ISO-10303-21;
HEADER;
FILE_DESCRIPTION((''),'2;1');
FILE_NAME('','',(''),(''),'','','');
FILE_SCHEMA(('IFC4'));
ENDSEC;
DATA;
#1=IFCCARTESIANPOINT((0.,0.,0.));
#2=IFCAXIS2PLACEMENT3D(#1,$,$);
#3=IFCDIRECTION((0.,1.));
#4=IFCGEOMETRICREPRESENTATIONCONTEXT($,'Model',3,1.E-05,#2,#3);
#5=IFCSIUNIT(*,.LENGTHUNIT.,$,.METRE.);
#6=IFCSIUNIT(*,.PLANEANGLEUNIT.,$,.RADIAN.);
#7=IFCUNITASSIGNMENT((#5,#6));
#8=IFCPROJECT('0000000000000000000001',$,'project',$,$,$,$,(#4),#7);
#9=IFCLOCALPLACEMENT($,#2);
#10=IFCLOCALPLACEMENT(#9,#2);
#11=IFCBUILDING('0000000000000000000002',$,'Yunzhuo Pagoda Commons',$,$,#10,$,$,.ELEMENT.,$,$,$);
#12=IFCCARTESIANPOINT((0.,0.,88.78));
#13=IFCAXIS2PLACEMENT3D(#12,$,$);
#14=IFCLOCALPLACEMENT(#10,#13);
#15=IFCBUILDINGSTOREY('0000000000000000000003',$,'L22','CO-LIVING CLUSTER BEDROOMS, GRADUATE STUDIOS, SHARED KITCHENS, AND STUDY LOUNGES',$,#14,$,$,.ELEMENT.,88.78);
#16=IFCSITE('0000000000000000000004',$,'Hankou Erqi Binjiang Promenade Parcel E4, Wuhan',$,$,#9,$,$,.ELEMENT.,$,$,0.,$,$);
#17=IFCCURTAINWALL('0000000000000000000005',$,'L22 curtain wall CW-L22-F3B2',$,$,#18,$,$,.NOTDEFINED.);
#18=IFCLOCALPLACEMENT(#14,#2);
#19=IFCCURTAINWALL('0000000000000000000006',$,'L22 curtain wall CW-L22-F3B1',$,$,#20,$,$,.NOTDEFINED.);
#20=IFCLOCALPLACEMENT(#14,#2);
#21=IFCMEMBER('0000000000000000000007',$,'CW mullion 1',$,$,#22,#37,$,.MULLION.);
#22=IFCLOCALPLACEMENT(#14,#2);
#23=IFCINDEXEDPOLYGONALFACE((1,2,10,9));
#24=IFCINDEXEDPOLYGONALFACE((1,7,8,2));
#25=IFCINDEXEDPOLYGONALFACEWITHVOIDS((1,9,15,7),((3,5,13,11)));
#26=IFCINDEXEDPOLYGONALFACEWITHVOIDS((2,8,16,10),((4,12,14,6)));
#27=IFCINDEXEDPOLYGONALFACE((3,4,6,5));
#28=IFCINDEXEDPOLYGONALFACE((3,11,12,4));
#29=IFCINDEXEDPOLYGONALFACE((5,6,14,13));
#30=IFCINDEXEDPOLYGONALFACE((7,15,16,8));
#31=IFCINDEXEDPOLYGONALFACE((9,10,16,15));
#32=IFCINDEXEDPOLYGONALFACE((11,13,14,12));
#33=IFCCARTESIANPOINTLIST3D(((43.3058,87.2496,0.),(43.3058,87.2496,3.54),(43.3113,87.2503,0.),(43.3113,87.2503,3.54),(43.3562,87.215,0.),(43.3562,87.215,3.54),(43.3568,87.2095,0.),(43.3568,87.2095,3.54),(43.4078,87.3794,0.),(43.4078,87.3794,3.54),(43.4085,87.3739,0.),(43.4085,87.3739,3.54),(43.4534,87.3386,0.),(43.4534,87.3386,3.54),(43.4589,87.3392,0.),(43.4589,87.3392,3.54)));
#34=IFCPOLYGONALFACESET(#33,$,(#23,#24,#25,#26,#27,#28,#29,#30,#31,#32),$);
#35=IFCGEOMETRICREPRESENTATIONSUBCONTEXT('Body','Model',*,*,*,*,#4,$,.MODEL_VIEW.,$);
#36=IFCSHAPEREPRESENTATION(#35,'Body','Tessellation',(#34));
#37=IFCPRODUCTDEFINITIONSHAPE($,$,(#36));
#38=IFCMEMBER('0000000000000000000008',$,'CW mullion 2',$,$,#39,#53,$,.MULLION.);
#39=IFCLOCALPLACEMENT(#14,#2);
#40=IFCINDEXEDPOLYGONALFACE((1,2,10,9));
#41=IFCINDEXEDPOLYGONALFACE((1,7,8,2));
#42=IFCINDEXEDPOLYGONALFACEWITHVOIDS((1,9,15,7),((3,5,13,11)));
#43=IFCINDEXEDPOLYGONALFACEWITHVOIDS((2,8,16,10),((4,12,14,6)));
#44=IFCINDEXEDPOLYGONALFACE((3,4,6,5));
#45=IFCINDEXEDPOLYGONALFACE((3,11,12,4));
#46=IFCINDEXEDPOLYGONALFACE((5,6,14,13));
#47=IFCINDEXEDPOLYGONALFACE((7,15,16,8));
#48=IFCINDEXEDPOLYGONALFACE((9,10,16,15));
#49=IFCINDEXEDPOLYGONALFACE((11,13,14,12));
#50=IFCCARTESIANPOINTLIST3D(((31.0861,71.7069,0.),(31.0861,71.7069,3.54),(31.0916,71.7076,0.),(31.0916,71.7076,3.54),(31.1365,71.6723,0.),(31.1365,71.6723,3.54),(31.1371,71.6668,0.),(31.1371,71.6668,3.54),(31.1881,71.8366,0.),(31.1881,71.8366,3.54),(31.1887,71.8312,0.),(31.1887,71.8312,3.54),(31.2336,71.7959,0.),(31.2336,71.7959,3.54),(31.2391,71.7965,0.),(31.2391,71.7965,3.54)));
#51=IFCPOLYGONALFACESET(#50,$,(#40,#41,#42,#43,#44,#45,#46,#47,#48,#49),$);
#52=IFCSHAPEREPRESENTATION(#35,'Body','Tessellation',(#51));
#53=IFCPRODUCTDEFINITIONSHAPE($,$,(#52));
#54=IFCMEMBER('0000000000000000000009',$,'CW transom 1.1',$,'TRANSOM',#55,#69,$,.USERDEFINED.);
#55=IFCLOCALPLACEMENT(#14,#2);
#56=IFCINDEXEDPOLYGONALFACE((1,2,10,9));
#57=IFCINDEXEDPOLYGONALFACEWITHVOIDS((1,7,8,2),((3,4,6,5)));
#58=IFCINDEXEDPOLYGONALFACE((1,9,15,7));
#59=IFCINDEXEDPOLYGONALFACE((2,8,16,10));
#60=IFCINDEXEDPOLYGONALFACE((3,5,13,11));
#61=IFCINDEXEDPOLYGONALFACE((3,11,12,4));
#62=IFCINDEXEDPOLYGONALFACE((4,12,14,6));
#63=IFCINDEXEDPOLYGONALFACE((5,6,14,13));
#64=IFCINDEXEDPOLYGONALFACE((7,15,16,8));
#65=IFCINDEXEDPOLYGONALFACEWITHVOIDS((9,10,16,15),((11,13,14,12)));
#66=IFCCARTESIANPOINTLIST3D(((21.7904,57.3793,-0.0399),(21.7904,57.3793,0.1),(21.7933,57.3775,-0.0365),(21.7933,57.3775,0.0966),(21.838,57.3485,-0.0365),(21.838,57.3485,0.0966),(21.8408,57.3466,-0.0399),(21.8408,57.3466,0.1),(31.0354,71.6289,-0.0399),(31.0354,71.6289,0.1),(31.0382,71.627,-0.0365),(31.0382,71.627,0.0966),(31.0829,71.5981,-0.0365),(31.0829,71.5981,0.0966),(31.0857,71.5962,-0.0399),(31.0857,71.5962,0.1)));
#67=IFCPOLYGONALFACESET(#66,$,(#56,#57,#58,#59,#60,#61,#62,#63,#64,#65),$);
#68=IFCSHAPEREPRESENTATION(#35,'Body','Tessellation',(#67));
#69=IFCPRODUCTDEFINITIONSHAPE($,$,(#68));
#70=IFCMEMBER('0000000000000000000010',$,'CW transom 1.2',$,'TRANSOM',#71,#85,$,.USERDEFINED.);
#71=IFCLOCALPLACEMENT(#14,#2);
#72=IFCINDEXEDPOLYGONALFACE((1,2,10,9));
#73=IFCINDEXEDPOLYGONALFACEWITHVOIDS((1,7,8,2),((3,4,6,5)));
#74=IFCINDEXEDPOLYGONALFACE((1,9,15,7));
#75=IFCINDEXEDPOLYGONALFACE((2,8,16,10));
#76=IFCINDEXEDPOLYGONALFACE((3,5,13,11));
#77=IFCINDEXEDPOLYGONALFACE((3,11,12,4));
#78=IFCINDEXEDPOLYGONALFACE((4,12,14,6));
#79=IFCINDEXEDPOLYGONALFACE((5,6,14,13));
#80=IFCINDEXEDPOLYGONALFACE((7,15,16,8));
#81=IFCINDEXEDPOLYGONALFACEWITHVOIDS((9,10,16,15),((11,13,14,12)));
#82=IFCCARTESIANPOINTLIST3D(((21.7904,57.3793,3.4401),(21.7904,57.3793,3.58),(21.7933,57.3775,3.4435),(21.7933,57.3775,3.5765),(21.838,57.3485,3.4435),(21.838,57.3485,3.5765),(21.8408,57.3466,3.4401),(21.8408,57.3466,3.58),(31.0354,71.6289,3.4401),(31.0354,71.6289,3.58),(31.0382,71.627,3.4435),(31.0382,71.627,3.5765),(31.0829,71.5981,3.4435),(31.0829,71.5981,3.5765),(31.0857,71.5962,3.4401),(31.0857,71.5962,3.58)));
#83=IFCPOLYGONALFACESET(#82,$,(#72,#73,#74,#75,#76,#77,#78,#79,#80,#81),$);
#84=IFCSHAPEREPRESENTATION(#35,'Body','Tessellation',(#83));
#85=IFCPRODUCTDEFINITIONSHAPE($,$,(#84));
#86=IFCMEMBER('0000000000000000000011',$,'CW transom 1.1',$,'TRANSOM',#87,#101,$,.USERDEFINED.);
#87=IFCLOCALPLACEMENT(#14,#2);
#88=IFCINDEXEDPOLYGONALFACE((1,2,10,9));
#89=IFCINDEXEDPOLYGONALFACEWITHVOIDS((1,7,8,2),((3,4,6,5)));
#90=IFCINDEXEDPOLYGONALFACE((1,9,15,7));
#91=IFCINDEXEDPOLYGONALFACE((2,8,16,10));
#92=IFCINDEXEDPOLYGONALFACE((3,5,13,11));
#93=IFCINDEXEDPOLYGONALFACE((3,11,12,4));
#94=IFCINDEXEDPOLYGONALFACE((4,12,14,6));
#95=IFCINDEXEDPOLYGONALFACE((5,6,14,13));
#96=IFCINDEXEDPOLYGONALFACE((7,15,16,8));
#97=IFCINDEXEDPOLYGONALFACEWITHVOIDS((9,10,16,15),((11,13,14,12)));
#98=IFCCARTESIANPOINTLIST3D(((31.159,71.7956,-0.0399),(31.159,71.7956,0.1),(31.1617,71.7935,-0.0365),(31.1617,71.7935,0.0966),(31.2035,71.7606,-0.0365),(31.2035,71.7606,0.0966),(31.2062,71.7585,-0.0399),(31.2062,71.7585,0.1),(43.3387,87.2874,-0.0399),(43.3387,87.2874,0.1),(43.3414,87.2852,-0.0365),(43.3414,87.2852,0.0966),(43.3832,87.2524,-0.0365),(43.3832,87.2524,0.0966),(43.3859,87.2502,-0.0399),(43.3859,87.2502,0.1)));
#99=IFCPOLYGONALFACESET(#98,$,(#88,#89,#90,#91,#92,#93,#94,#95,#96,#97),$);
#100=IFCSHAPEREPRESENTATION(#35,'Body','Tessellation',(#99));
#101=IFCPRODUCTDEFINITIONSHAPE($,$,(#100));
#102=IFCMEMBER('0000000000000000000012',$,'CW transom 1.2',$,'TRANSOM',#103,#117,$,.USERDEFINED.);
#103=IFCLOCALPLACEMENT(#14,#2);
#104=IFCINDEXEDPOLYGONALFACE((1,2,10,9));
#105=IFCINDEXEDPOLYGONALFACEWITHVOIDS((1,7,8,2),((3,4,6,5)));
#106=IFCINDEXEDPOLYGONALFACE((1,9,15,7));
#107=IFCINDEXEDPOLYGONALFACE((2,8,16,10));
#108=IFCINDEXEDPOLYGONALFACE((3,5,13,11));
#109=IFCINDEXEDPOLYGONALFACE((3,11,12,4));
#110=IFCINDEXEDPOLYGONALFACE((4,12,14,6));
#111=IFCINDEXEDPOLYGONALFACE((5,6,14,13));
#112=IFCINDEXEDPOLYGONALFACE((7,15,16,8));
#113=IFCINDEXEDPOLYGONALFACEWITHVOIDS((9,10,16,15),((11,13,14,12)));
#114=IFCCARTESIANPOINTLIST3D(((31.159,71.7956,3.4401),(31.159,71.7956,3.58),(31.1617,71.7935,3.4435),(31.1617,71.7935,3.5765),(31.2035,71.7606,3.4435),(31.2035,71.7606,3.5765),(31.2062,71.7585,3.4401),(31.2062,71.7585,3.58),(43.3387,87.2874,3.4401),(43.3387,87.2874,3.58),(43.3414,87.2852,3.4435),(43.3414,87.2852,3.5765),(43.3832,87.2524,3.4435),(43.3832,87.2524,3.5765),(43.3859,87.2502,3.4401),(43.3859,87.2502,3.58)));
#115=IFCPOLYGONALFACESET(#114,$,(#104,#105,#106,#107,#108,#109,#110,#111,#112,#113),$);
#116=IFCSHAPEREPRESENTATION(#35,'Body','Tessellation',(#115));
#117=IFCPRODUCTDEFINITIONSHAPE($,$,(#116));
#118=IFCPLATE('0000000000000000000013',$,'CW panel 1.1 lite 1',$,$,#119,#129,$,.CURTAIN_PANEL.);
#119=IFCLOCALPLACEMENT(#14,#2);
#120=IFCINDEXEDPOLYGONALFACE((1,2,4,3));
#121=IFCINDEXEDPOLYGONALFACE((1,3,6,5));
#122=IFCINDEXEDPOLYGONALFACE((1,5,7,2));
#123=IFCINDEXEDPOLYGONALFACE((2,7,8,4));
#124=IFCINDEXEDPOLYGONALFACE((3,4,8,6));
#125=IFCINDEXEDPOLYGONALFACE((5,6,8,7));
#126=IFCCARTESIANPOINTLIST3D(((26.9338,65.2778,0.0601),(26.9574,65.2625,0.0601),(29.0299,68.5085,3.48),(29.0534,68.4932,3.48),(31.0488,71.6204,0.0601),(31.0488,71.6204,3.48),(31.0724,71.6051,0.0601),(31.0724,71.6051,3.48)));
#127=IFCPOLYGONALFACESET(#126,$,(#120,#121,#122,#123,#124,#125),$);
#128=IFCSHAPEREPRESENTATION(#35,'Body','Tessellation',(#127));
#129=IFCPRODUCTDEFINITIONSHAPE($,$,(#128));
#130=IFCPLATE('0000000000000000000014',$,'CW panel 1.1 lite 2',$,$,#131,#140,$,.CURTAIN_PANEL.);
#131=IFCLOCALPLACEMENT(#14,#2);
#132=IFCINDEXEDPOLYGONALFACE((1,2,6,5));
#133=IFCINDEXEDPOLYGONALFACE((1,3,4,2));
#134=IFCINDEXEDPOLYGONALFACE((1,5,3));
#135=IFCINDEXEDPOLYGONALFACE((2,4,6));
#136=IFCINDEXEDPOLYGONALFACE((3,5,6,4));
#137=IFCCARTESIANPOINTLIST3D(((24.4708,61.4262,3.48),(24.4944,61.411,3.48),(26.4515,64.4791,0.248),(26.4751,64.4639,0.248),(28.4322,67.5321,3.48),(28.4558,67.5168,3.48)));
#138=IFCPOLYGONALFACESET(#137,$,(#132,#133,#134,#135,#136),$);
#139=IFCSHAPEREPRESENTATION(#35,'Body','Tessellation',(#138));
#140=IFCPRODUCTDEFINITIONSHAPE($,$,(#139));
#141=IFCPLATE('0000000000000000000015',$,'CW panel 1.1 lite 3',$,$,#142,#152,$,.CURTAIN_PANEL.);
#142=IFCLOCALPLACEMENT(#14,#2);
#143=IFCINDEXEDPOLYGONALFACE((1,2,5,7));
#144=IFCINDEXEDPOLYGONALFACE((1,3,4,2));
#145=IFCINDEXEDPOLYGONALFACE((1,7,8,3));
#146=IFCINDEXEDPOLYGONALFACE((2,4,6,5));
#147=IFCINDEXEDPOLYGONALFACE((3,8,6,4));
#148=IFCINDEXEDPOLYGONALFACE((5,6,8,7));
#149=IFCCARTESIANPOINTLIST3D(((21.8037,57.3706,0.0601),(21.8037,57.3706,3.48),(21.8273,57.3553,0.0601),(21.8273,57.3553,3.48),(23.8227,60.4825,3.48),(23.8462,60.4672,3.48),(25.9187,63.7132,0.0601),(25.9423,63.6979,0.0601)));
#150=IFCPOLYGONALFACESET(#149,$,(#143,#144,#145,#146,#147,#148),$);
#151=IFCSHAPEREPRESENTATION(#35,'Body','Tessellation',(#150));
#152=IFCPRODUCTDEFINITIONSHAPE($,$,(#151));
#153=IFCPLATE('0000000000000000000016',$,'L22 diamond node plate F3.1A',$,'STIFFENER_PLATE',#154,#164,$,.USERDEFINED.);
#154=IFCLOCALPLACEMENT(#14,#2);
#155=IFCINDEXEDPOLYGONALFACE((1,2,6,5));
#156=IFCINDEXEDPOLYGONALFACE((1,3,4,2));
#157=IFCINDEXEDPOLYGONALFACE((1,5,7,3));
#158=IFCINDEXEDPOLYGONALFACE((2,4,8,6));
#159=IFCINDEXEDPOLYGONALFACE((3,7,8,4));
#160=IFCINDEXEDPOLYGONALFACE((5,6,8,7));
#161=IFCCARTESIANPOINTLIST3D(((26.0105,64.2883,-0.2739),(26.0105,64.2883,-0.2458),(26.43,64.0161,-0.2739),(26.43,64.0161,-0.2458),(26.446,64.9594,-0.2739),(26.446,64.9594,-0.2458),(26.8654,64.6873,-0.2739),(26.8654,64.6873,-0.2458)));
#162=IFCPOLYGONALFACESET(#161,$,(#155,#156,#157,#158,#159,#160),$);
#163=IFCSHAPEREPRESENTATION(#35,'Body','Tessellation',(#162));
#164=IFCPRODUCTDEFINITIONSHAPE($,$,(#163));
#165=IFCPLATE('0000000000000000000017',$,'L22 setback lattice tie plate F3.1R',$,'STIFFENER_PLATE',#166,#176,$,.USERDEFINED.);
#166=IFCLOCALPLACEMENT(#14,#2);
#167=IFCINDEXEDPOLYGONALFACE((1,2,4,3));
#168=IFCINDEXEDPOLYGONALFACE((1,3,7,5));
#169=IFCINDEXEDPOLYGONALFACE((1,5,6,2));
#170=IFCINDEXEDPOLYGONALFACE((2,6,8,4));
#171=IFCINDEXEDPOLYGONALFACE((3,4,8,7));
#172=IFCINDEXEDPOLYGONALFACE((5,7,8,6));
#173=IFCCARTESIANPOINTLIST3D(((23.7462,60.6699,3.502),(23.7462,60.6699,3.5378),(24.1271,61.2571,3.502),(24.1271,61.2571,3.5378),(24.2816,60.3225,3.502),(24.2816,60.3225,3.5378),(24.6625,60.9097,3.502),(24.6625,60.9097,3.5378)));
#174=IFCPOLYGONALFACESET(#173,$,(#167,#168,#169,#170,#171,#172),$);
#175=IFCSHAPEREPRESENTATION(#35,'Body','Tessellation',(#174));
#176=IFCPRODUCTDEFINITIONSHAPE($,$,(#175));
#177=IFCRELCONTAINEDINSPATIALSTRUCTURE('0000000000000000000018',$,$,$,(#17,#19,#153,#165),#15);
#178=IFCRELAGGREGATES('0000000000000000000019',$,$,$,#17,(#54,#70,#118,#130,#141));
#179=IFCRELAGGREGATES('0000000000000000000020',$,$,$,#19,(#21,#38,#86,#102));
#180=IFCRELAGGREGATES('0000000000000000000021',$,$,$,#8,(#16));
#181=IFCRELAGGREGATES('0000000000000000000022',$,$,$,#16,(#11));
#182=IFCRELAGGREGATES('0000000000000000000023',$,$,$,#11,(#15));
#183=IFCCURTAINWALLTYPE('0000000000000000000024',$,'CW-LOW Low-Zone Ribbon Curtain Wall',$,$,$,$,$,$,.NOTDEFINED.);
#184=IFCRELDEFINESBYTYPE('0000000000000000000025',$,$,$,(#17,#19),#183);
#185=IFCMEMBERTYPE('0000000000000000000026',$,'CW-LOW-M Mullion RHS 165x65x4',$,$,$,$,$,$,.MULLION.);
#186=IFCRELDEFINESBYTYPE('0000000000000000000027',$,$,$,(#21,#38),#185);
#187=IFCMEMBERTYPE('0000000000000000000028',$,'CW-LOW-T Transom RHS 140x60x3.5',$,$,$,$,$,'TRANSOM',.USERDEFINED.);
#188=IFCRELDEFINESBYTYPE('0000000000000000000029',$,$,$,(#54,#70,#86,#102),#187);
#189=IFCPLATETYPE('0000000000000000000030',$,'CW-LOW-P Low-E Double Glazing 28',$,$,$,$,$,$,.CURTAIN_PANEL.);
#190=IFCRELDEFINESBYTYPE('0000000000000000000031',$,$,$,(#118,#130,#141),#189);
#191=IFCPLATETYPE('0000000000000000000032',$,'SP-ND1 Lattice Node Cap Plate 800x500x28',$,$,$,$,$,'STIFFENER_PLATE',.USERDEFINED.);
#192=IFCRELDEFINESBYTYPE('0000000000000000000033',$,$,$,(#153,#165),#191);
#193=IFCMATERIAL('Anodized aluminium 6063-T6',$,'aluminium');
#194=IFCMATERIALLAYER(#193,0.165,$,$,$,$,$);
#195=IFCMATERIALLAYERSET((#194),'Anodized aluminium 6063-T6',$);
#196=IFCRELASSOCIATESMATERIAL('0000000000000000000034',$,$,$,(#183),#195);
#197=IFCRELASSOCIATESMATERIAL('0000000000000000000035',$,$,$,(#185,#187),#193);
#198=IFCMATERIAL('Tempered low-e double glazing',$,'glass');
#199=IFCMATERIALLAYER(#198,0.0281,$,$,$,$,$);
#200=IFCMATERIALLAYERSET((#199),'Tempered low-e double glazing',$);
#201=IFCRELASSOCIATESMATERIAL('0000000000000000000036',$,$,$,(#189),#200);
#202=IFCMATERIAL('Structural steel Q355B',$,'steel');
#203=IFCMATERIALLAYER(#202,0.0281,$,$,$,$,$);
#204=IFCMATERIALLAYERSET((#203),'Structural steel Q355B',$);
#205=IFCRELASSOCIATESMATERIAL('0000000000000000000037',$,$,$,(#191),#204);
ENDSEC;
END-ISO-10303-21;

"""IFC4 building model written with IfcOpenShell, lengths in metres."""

from ifc_helpers import new_model, si_unit, direction, frame, origin, origin_2d, place, context, subcontext, project, spatial, polyline, rectangle, hollow_rectangle, outline, extrude, source, transform, mapped, material, layer, layer_set, material_profile, profile_set, type_object, element, aggregate, save


model = new_model("IFC4")

# Units and contexts
model_context = context("Model", 3, precision=1e-05, world=origin(), true_north=direction((0.0, 1.0)))
body_context = subcontext(model_context, "Body", "Model", "MODEL_VIEW")
ifc_project = project(units=[si_unit("LENGTHUNIT", "METRE"), si_unit("PLANEANGLEUNIT", "RADIAN")], contexts=[model_context])

# Site, building, storey
site_placement = place(None, origin())
site = spatial("IfcSite", under=ifc_project, at=site_placement, Name="Hankou Erqi Binjiang Promenade Parcel E4, Wuhan", CompositionType="ELEMENT", RefElevation=0.0)
building_placement = place(site_placement, origin())
building = spatial("IfcBuilding", under=site, at=building_placement, Name="Yunzhuo Pagoda Commons", CompositionType="ELEMENT")
storey_placement = place(building_placement, frame((0.0, 0.0, 88.78)))
storey = spatial("IfcBuildingStorey", under=building, at=storey_placement, Name="L22", Description="CO-LIVING CLUSTER BEDROOMS, GRADUATE STUDIOS, SHARED KITCHENS, AND STUDY LOUNGES", CompositionType="ELEMENT", Elevation=88.78)

# Shared definitions
ifc_material_1 = material(Name="Structural steel Q355B", Category="steel")

# Curtain wall
ifc_material_2 = material(Name="Anodized aluminium 6063-T6", Category="aluminium")
ifc_layer_1 = layer(ifc_material_2, 0.165)
ifc_layer_set_1 = layer_set([ifc_layer_1], Name="Anodized aluminium 6063-T6")
curtain_wall_type = type_object("IfcCurtainWallType", Name="CW-LOW Low-Zone Ribbon Curtain Wall", PredefinedType="NOTDEFINED", material=ifc_layer_set_1)
curtain_wall_1_placement = place(storey_placement, origin())
curtain_wall_1 = element("IfcCurtainWall", 1, at=curtain_wall_1_placement, inside=storey, type_object=curtain_wall_type, Name="L22 curtain wall CW-L22-F3B2", PredefinedType="NOTDEFINED")
ifc_material_profile_1 = material_profile(ifc_material_2, hollow_rectangle(XDim=0.0649, YDim=0.165, WallThickness=0.0039, at=origin_2d()), Name="Anodized aluminium 6063-T6")
ifc_profile_set_1 = profile_set([ifc_material_profile_1], Name="Anodized aluminium 6063-T6")
member_type_1 = type_object("IfcMemberType", Name="CW-LOW-M Mullion RHS 165x65x4", PredefinedType="MULLION", material=ifc_profile_set_1)
shared_shape_1 = source(origin(), body_context, "Body", "SweptSolid", [
    extrude(hollow_rectangle(XDim=0.0649, YDim=0.165, WallThickness=0.0039, at=origin_2d()), origin(), (0.0, 0.0, 1.0), 3.54),
])

# Curtain wall, members
curtain_wall_2_placement = place(storey_placement, origin())
curtain_wall_2 = element("IfcCurtainWall", 2, at=curtain_wall_2_placement, inside=storey, type_object=curtain_wall_type, Name="L22 curtain wall CW-L22-F3B1", PredefinedType="NOTDEFINED")
member_1_placement = place(storey_placement, frame((43.3823, 87.2944, 0.0), z_axis=(0.0, 0.0, 1.0), x_axis=(0.786131, -0.61806, 0.0)))
member_1 = element("IfcMember", 3, at=member_1_placement, type_object=member_type_1, Name="CW mullion 1", PredefinedType="MULLION", context=body_context, shape_type="MappedRepresentation", body=[
    mapped(shared_shape_1, transform((0.0, 0.0, 0.0), scale=1.0)),
])
member_2_placement = place(storey_placement, frame((31.1626, 71.7517, 0.0), z_axis=(0.0, 0.0, 1.0), x_axis=(0.786131, -0.61806, 0.0)))
member_2 = element("IfcMember", 4, at=member_2_placement, type_object=member_type_1, Name="CW mullion 2", PredefinedType="MULLION", context=body_context, shape_type="MappedRepresentation", body=[
    mapped(shared_shape_1, transform((0.0, 0.0, 0.0), scale=1.0)),
])

# Members
ifc_material_profile_2 = material_profile(ifc_material_2, hollow_rectangle(XDim=0.0601, YDim=0.1399, WallThickness=0.0034, at=origin_2d()), Name="Anodized aluminium 6063-T6")
ifc_profile_set_2 = profile_set([ifc_material_profile_2], Name="Anodized aluminium 6063-T6")
member_type_2 = type_object("IfcMemberType", Name="CW-LOW-T Transom RHS 140x60x3.5", ElementType="TRANSOM", PredefinedType="USERDEFINED", material=ifc_profile_set_2)
shared_shape_2 = source(origin(), body_context, "Body", "SweptSolid", [
    extrude(hollow_rectangle(XDim=0.0601, YDim=0.1399, WallThickness=0.0034, at=origin_2d()), origin(), (0.0, 0.0, 1.0), 16.9858),
])
member_3_placement = place(storey_placement, frame((31.0605, 71.6125, 0.03), z_axis=(-0.544272, -0.838909, 0.0), x_axis=(0.838909, -0.544272, 0.0)))
member_3 = element("IfcMember", 5, at=member_3_placement, type_object=member_type_2, Name="CW transom 1.1", ObjectType="TRANSOM", PredefinedType="USERDEFINED", context=body_context, shape_type="MappedRepresentation", body=[
    mapped(shared_shape_2, transform((0.0, 0.0, 0.0), scale=1.0)),
])
member_4_placement = place(storey_placement, frame((31.0605, 71.6125, 3.51), z_axis=(-0.544272, -0.838909, 0.0), x_axis=(0.838909, -0.544272, 0.0)))
member_4 = element("IfcMember", 6, at=member_4_placement, type_object=member_type_2, Name="CW transom 1.2", ObjectType="TRANSOM", PredefinedType="USERDEFINED", context=body_context, shape_type="MappedRepresentation", body=[
    mapped(shared_shape_2, transform((0.0, 0.0, 0.0), scale=1.0)),
])
shared_shape_3 = source(origin(), body_context, "Body", "SweptSolid", [
    extrude(hollow_rectangle(XDim=0.0601, YDim=0.1399, WallThickness=0.0034, at=origin_2d()), origin(), (0.0, 0.0, 1.0), 19.7063),
])
member_5_placement = place(storey_placement, frame((43.3623, 87.2688, 0.03), z_axis=(-0.618061, -0.78613, 0.0), x_axis=(0.78613, -0.618061, 0.0)))
member_5 = element("IfcMember", 7, at=member_5_placement, type_object=member_type_2, Name="CW transom 1.1", ObjectType="TRANSOM", PredefinedType="USERDEFINED", context=body_context, shape_type="MappedRepresentation", body=[
    mapped(shared_shape_3, transform((0.0, 0.0, 0.0), scale=1.0)),
])
member_6_placement = place(storey_placement, frame((43.3623, 87.2688, 3.51), z_axis=(-0.618061, -0.78613, 0.0), x_axis=(0.78613, -0.618061, 0.0)))
member_6 = element("IfcMember", 8, at=member_6_placement, type_object=member_type_2, Name="CW transom 1.2", ObjectType="TRANSOM", PredefinedType="USERDEFINED", context=body_context, shape_type="MappedRepresentation", body=[
    mapped(shared_shape_3, transform((0.0, 0.0, 0.0), scale=1.0)),
])

# Plates
ifc_material_3 = material(Name="Tempered low-e double glazing", Category="glass")
ifc_layer_2 = layer(ifc_material_3, 0.0281)
ifc_layer_set_2 = layer_set([ifc_layer_2], Name="Tempered low-e double glazing")
plate_type_1 = type_object("IfcPlateType", Name="CW-LOW-P Low-E Double Glazing 28", PredefinedType="CURTAIN_PANEL", material=ifc_layer_set_2)
plate_1_placement = place(storey_placement, frame((29.0149, 68.4338, 1.77), z_axis=(-0.838907, 0.544275, 0.0), x_axis=(-0.544275, -0.838907, 0.0)))
plate_1 = element("IfcPlate", 9, at=plate_1_placement, type_object=plate_type_1, Name="CW panel 1.1 lite 1", PredefinedType="CURTAIN_PANEL", context=body_context, shape_type="SweptSolid", body=[
    extrude(outline(polyline([(-3.7803, -1.71), (3.7803, -1.71), (-0.0708, 1.71), (-3.7803, 1.71), (-3.7803, -1.71)])), origin(), (0.0, 0.0, 1.0), 0.0281),
])
plate_2_placement = place(storey_placement, frame((26.4751, 64.4639, 1.864), z_axis=(-0.838907, 0.544275, 0.0), x_axis=(-0.544275, -0.838907, 0.0)))
plate_2 = element("IfcPlate", 10, at=plate_2_placement, type_object=plate_type_1, Name="CW panel 1.1 lite 2", PredefinedType="CURTAIN_PANEL", context=body_context, shape_type="SweptSolid", body=[
    extrude(outline(polyline([(-3.6392, 1.616), (0.0, -1.616), (3.6392, 1.616), (-3.6392, 1.616)])), origin(), (0.0, 0.0, 1.0), 0.0281),
])
plate_3_placement = place(storey_placement, frame((23.8848, 60.5266, 1.77), z_axis=(-0.838907, 0.544275, 0.0), x_axis=(-0.544275, -0.838907, 0.0)))
plate_3 = element("IfcPlate", 11, at=plate_3_placement, type_object=plate_type_1, Name="CW panel 1.1 lite 3", PredefinedType="CURTAIN_PANEL", context=body_context, shape_type="SweptSolid", body=[
    extrude(outline(polyline([(-3.7803, -1.71), (3.7803, -1.71), (3.7803, 1.71), (0.0708, 1.71), (-3.7803, -1.71)])), origin(), (0.0, 0.0, 1.0), 0.0281),
])
aggregate(curtain_wall_1, [member_3, member_4, plate_1, plate_2, plate_3])

# Plates
ifc_layer_3 = layer(ifc_material_1, 0.0281)
ifc_layer_set_3 = layer_set([ifc_layer_3], Name="Structural steel Q355B")
plate_type_2 = type_object("IfcPlateType", Name="SP-ND1 Lattice Node Cap Plate 800x500x28", ElementType="STIFFENER_PLATE", PredefinedType="USERDEFINED", material=ifc_layer_set_3)
shared_shape_4 = source(origin(), body_context, "Body", "SweptSolid", [
    extrude(rectangle(XDim=0.8, YDim=0.5, at=origin_2d()), origin(), (0.0, 0.0, 1.0), 0.0281),
])
plate_4_placement = place(storey_placement, frame((26.438, 64.4878, -0.2739), z_axis=(0.0, 0.0, 1.0), x_axis=(-0.544273, -0.838908, 0.0)))
element("IfcPlate", 12, at=plate_4_placement, inside=storey, type_object=plate_type_2, Name="L22 diamond node plate F3.1A", ObjectType="STIFFENER_PLATE", PredefinedType="USERDEFINED", context=body_context, shape_type="MappedRepresentation", body=[
    mapped(shared_shape_4, transform((0.0, 0.0, 0.0), scale=1.0)),
])
shared_shape_5 = source(origin(), body_context, "Body", "SweptSolid", [
    extrude(rectangle(XDim=0.7, YDim=0.6382, at=origin_2d()), origin(), (0.0, 0.0, 1.0), 0.0359),
])
plate_5_placement = place(storey_placement, frame((24.2043, 60.7898, 3.502), z_axis=(0.0, 0.0, 1.0), x_axis=(-0.544273, -0.838908, 0.0)))
element("IfcPlate", 13, at=plate_5_placement, inside=storey, type_object=plate_type_2, Name="L22 setback lattice tie plate F3.1R", ObjectType="STIFFENER_PLATE", PredefinedType="USERDEFINED", context=body_context, shape_type="MappedRepresentation", body=[
    mapped(shared_shape_5, transform((0.0, 0.0, 0.0), scale=1.0)),
])

aggregate(curtain_wall_2, [member_1, member_2, member_5, member_6])

save(model, "model.ifc")
